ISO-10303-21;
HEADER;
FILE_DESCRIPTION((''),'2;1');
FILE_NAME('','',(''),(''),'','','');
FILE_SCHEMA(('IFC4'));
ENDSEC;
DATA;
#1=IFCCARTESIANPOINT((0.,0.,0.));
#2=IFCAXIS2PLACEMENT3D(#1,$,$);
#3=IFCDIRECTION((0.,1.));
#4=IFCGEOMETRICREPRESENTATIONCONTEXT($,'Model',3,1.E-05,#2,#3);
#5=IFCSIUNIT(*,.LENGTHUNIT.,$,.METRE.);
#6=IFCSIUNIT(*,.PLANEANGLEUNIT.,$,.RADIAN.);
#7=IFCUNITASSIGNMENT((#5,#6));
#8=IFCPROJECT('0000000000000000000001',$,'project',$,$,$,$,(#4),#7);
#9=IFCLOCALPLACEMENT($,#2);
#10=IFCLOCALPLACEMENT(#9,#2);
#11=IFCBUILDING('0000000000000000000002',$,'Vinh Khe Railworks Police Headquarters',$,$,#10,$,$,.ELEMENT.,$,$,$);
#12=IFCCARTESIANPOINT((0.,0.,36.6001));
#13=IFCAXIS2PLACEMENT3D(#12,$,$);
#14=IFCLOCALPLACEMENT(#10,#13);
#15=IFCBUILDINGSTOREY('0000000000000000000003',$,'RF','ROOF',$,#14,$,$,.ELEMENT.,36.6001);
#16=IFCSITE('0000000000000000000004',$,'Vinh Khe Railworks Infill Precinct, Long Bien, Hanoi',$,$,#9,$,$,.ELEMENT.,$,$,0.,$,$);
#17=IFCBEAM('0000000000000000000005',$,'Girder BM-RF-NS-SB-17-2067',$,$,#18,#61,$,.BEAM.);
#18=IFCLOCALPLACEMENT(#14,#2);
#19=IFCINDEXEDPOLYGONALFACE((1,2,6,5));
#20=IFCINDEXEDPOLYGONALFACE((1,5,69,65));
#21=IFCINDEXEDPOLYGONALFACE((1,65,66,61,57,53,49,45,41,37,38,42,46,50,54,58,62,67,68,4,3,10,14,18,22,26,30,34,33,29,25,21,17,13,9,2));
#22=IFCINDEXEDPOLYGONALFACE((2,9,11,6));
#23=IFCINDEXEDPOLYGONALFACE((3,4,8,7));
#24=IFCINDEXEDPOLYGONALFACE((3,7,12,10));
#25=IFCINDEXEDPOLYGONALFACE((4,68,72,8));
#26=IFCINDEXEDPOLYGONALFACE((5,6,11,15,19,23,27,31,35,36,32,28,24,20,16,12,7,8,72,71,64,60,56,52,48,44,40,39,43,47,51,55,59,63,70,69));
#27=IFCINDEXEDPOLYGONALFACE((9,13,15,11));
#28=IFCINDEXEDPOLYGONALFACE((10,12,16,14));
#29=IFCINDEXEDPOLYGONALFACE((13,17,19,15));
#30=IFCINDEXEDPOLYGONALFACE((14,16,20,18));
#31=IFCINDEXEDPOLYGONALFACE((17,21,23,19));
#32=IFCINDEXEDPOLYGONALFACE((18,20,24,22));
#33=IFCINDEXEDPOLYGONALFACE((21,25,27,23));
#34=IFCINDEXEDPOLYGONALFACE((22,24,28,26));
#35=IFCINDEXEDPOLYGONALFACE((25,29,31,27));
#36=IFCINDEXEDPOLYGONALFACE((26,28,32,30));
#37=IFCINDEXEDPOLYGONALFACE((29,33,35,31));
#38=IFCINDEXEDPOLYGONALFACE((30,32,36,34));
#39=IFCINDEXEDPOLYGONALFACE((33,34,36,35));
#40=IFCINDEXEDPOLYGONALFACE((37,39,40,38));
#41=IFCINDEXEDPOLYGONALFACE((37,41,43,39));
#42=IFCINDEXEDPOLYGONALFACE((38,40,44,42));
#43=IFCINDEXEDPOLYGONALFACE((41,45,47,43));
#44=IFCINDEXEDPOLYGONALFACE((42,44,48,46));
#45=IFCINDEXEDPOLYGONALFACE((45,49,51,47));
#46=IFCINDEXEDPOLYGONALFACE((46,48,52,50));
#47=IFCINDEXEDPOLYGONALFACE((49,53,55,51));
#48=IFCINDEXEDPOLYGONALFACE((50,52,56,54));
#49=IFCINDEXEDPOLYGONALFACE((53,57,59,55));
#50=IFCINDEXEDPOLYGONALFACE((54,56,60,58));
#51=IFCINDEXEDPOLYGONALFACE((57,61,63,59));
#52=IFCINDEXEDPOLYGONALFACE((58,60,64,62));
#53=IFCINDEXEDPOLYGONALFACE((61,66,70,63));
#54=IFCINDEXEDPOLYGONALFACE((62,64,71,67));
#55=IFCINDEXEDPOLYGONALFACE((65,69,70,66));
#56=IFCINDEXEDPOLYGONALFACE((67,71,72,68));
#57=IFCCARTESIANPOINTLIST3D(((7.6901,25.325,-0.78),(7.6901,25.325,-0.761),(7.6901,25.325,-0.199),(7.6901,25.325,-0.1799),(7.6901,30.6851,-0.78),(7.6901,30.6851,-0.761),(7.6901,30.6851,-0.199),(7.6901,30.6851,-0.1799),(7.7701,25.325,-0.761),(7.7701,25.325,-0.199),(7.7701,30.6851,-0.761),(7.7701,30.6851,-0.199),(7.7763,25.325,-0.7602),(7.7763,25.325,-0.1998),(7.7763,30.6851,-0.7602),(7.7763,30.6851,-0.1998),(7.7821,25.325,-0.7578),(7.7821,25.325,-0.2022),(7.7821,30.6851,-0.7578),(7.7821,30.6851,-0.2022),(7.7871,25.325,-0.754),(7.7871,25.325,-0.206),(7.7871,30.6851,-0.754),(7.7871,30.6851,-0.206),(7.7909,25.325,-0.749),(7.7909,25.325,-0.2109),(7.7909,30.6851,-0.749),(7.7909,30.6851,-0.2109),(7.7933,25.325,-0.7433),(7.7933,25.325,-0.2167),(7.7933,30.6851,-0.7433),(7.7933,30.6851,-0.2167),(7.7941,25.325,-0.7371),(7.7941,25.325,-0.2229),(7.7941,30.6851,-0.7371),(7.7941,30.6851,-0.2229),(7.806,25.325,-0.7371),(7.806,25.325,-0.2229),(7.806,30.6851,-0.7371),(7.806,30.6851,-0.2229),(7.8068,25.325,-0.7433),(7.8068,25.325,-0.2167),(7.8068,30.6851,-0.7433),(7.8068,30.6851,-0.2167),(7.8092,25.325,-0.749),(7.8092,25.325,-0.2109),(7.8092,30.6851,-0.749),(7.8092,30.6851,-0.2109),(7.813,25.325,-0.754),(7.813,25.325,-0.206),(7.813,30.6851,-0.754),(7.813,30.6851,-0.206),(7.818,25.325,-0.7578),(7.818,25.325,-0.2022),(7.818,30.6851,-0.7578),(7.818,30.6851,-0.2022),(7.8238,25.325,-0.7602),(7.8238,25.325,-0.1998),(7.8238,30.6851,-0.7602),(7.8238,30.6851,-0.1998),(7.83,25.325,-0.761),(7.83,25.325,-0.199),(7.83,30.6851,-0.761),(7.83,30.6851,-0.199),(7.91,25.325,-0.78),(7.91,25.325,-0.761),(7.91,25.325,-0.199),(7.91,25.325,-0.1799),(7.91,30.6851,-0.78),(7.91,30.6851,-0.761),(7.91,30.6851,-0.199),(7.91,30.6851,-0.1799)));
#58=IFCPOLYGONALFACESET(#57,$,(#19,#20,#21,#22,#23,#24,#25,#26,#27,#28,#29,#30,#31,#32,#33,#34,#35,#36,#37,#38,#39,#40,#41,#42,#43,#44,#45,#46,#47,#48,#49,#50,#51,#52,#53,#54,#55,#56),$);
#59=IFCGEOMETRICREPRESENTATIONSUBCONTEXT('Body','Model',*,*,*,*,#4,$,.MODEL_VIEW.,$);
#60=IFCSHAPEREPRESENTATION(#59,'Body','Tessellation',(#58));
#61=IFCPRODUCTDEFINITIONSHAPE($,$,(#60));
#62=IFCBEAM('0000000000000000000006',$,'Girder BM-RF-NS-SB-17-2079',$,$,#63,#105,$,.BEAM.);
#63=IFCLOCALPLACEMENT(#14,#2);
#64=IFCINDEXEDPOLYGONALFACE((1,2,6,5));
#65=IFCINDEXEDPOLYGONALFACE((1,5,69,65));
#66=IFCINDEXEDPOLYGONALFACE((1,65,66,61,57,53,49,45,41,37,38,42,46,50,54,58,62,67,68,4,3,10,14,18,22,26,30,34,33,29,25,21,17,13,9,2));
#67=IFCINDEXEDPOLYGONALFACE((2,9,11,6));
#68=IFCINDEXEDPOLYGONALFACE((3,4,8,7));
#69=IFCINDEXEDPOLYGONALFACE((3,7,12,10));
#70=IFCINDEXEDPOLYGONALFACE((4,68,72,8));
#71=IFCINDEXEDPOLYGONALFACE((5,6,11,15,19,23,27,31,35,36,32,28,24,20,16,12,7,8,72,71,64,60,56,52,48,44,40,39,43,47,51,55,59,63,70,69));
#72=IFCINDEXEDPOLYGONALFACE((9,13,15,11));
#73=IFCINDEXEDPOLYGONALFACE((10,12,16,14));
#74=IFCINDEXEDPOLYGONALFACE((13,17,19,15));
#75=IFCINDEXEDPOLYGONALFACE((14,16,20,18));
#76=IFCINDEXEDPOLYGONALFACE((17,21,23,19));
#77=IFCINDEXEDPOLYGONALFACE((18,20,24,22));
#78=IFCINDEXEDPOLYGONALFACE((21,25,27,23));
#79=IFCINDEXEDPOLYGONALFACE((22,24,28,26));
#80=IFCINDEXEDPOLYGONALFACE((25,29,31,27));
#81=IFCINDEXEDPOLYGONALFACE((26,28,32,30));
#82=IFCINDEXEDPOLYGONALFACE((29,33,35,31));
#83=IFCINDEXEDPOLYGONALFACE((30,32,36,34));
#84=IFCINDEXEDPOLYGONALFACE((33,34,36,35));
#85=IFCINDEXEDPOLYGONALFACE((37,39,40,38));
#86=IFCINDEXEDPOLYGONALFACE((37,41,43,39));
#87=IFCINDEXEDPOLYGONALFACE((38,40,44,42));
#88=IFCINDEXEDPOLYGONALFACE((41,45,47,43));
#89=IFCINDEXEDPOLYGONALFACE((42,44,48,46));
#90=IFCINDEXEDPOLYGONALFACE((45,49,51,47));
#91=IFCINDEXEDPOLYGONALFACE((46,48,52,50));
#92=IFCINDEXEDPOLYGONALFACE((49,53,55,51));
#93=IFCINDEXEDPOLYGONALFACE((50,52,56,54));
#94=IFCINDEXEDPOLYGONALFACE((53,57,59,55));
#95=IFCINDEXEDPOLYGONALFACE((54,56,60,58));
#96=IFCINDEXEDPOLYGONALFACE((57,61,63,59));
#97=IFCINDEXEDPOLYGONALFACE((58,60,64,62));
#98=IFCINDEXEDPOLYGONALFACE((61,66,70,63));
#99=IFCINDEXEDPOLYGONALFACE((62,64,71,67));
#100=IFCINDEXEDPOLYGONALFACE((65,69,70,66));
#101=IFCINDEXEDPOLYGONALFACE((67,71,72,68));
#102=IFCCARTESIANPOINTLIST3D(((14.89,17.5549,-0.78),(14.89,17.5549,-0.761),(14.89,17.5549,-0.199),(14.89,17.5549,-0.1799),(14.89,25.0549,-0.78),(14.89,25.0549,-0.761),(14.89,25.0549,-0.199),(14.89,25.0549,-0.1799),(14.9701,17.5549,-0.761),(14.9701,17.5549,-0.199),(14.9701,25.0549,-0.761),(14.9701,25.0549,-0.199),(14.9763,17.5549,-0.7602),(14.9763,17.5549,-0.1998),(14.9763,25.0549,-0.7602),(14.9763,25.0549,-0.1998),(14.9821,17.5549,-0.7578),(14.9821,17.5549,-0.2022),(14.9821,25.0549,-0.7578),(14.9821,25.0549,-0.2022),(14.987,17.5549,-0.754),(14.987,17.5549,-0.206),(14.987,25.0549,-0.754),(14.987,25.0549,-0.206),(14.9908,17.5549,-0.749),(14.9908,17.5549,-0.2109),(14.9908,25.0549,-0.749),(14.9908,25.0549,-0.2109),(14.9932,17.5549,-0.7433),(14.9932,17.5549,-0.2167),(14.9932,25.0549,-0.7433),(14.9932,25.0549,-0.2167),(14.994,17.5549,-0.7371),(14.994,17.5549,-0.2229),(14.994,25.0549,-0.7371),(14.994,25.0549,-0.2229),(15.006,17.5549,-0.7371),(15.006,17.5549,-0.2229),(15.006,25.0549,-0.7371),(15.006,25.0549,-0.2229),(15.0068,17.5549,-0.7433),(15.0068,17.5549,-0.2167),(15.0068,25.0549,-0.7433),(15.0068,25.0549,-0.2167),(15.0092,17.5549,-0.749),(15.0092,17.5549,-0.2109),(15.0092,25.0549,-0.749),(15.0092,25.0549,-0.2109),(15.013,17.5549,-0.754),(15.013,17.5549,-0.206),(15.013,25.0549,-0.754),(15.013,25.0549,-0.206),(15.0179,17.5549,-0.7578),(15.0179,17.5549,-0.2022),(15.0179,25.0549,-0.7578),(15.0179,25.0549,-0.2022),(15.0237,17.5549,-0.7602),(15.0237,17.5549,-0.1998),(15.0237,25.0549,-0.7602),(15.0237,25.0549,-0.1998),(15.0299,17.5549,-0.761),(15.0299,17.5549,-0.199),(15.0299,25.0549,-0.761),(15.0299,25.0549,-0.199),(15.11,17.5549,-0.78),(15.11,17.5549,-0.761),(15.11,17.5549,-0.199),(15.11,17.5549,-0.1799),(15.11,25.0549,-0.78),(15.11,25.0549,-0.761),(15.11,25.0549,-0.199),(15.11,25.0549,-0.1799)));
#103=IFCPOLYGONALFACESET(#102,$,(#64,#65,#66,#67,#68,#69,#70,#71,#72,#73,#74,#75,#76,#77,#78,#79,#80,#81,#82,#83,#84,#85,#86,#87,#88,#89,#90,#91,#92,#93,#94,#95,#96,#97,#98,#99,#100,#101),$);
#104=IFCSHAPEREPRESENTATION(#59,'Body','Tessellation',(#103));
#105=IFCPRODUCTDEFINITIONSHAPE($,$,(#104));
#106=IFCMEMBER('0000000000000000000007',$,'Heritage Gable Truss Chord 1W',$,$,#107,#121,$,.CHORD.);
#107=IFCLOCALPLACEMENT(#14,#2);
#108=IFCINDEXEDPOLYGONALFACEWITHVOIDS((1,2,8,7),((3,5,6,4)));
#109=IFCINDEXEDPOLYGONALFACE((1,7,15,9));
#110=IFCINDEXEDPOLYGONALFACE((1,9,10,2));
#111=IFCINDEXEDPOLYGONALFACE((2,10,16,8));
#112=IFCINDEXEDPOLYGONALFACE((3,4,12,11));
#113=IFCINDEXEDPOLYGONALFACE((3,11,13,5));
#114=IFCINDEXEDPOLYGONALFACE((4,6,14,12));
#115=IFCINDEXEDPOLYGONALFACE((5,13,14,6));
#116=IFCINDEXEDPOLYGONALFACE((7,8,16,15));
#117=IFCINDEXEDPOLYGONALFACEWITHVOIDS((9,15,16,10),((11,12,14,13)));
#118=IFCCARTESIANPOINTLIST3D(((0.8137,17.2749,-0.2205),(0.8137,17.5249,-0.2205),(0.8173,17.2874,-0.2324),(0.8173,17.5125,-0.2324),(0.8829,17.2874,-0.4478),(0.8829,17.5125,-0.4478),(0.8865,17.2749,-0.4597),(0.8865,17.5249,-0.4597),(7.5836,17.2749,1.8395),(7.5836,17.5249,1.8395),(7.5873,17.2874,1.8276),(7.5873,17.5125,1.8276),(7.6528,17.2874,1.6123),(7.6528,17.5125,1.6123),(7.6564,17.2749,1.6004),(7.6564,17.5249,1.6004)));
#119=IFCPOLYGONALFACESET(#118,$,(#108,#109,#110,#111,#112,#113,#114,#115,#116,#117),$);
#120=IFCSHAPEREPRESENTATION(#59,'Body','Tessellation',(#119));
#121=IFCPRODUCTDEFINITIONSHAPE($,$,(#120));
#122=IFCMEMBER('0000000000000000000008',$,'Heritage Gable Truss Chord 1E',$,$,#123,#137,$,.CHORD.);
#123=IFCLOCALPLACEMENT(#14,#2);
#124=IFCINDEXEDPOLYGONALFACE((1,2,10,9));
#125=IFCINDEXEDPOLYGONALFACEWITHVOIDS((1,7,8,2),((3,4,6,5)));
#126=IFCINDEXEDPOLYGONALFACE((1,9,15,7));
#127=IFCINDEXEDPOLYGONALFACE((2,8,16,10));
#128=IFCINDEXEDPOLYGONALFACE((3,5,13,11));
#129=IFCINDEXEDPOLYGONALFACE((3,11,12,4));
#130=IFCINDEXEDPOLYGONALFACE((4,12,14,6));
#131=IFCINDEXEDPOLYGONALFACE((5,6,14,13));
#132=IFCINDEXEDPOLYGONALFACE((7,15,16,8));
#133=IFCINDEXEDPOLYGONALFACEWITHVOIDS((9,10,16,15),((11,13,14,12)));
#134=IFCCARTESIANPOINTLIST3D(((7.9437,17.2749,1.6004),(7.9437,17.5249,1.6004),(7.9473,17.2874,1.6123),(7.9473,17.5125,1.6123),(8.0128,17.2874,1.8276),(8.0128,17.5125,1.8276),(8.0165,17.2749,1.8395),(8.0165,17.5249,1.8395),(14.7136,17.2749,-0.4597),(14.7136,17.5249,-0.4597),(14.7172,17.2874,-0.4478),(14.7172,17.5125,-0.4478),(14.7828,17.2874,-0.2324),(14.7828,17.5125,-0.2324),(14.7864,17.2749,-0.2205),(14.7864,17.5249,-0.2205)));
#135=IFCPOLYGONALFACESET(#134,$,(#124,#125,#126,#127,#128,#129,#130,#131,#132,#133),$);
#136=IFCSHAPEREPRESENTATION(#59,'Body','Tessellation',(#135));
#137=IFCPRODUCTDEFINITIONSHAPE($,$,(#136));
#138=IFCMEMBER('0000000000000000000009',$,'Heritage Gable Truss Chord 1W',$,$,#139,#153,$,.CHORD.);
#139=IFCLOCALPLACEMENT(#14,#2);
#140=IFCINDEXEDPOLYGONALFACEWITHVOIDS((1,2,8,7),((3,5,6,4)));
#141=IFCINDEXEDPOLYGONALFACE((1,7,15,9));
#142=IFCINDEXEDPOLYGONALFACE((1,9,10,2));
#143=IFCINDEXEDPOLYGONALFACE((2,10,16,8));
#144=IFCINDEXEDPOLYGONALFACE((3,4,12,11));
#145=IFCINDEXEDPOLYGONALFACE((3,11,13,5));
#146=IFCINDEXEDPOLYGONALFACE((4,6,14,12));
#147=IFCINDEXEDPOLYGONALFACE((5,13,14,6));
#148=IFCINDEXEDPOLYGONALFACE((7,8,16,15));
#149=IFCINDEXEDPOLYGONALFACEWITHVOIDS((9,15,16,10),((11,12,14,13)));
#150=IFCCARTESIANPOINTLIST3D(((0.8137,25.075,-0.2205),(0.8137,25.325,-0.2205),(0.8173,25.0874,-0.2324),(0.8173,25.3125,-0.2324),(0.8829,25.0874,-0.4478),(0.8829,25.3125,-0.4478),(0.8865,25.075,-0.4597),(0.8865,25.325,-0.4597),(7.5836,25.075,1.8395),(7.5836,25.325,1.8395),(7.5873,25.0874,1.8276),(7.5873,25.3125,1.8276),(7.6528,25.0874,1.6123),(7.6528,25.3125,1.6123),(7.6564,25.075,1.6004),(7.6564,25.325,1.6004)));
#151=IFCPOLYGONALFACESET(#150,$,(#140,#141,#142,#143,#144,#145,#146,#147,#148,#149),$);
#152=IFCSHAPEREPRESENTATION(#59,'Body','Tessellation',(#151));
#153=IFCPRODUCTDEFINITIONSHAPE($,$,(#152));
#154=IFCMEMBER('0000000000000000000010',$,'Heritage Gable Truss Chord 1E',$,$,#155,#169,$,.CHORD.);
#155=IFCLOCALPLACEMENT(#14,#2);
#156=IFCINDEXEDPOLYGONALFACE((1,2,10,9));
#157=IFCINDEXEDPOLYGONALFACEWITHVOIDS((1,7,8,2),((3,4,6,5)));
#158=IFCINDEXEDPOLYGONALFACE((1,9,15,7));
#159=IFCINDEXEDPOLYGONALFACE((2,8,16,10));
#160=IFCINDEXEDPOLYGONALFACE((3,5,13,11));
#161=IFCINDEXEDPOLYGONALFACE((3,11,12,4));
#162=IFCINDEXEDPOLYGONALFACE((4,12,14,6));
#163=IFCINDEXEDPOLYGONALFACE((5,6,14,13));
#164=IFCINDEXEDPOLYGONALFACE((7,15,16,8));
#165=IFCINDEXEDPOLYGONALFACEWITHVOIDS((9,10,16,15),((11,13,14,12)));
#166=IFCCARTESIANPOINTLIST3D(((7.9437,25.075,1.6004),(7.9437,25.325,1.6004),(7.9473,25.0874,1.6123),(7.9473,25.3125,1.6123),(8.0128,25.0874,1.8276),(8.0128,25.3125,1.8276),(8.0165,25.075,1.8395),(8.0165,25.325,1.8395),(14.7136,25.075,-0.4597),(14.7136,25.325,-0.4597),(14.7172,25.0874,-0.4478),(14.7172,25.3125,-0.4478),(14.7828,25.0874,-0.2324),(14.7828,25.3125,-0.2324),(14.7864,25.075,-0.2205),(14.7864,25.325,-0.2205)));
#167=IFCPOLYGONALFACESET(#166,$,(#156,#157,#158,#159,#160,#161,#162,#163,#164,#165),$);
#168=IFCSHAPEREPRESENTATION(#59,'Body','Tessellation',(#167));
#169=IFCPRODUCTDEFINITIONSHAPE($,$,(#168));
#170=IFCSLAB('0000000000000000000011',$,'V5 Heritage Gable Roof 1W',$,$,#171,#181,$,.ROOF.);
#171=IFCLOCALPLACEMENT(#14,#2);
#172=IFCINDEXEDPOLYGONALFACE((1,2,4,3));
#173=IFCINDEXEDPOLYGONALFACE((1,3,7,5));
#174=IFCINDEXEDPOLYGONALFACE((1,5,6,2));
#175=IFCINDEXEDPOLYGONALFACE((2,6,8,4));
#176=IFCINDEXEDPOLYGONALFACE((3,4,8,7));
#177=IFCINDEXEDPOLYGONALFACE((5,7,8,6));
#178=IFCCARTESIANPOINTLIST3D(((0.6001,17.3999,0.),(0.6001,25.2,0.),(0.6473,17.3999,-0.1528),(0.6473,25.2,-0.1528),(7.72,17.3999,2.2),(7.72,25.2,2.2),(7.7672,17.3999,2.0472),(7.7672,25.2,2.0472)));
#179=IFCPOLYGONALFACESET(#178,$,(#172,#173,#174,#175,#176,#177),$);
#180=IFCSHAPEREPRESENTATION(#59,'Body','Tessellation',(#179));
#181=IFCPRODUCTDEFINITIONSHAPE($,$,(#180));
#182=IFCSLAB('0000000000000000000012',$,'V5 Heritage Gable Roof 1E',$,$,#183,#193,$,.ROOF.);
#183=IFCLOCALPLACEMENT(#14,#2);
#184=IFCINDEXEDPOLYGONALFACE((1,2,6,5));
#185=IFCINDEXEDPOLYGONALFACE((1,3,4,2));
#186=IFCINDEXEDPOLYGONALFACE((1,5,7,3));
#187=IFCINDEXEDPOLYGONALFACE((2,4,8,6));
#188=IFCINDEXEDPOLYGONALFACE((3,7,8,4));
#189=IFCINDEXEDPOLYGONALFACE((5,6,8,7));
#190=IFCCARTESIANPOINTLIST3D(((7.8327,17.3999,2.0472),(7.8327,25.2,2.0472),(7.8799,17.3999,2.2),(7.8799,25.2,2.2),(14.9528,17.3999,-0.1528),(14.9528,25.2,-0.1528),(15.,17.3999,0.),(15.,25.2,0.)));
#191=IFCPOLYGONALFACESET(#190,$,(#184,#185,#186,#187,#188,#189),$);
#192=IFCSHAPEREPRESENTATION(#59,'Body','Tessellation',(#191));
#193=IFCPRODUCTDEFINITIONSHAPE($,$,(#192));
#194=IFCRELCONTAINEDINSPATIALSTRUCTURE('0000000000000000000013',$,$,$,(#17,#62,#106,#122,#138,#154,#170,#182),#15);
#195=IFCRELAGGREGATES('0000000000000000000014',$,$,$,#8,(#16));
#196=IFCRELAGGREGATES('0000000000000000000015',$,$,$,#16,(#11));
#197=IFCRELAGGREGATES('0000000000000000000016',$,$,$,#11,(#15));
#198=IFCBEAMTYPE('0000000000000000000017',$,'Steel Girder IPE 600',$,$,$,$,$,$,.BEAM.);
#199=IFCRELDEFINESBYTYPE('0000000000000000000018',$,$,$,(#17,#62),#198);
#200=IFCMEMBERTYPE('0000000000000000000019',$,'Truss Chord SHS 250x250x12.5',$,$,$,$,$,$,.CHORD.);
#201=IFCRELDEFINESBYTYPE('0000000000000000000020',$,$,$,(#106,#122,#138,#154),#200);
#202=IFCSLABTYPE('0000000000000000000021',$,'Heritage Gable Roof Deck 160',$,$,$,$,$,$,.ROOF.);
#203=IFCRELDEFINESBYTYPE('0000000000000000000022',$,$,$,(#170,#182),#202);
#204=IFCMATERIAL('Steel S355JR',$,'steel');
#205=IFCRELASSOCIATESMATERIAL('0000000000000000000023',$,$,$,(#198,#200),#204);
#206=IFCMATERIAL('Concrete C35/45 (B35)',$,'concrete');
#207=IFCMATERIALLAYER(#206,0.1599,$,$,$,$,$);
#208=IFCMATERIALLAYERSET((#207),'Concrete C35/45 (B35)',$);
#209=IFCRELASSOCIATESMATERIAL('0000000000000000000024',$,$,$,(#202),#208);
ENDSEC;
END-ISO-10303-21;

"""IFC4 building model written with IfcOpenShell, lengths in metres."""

from ifc_helpers import new_model, si_unit, direction, frame, origin, origin_2d, place, context, subcontext, project, spatial, polyline, hollow_rectangle, i_section, outline, extrude, material, layer, layer_set, material_profile, profile_set, type_object, element, save


model = new_model("IFC4")

# Units and contexts
model_context = context("Model", 3, precision=1e-05, world=origin(), true_north=direction((0.0, 1.0)))
body_context = subcontext(model_context, "Body", "Model", "MODEL_VIEW")
ifc_project = project(units=[si_unit("LENGTHUNIT", "METRE"), si_unit("PLANEANGLEUNIT", "RADIAN")], contexts=[model_context])

# Site, building, storey
site_placement = place(None, origin())
site = spatial("IfcSite", under=ifc_project, at=site_placement, Name="Vinh Khe Railworks Infill Precinct, Long Bien, Hanoi", CompositionType="ELEMENT", RefElevation=0.0)
building_placement = place(site_placement, origin())
building = spatial("IfcBuilding", under=site, at=building_placement, Name="Vinh Khe Railworks Police Headquarters", CompositionType="ELEMENT")
storey_placement = place(building_placement, frame((0.0, 0.0, 36.6001)))
storey = spatial("IfcBuildingStorey", under=building, at=storey_placement, Name="RF", Description="ROOF", CompositionType="ELEMENT", Elevation=36.6001)

# Shared definitions
ifc_material_1 = material(Name="Steel S355JR", Category="steel")

# Beams
ifc_material_profile_1 = material_profile(ifc_material_1, i_section(OverallWidth=0.22, OverallDepth=0.6001, WebThickness=0.012, FlangeThickness=0.019, FilletRadius=0.0239, at=origin_2d()), Name="IPE 600")
ifc_profile_set_1 = profile_set([ifc_material_profile_1], Name="Steel S355JR")
beam_type_1 = type_object("IfcBeamType", Name="Steel Girder IPE 600", PredefinedType="BEAM", material=ifc_profile_set_1)
beam_1_placement = place(storey_placement, frame((7.8, 25.325, -0.48), z_axis=(0.0, 1.0, 0.0), x_axis=(-1.0, 0.0, 0.0)))
element("IfcBeam", 1, at=beam_1_placement, inside=storey, type_object=beam_type_1, Name="Girder BM-RF-NS-SB-17-2067", PredefinedType="BEAM", context=body_context, shape_type="SweptSolid", body=[
    extrude(i_section(OverallWidth=0.22, OverallDepth=0.6001, WebThickness=0.012, FlangeThickness=0.019, FilletRadius=0.0239, at=origin_2d()), origin(), (0.0, 0.0, 1.0), 5.3601),
])
beam_2_placement = place(storey_placement, frame((15.0, 17.5549, -0.48), z_axis=(0.0, 1.0, 0.0), x_axis=(-1.0, 0.0, 0.0)))
element("IfcBeam", 2, at=beam_2_placement, inside=storey, type_object=beam_type_1, Name="Girder BM-RF-NS-SB-17-2079", PredefinedType="BEAM", context=body_context, shape_type="SweptSolid", body=[
    extrude(i_section(OverallWidth=0.22, OverallDepth=0.6001, WebThickness=0.012, FlangeThickness=0.019, FilletRadius=0.0239, at=origin_2d()), origin(), (0.0, 0.0, 1.0), 7.5),
])

# Members
ifc_material_profile_2 = material_profile(ifc_material_1, hollow_rectangle(XDim=0.25, YDim=0.25, WallThickness=0.0125, at=origin_2d()), Name="SHS 250x250x12.5")
ifc_profile_set_2 = profile_set([ifc_material_profile_2], Name="Steel S355JR")
member_type_1 = type_object("IfcMemberType", Name="Truss Chord SHS 250x250x12.5", PredefinedType="CHORD", material=ifc_profile_set_2)
for number, where, z_axis, x_axis, name in (
    (3, (0.8501, 17.3999, -0.3401), (0.956689, 0.0, 0.291112), (0.0, 1.0, 0.0), "Heritage Gable Truss Chord 1W"),
    (4, (14.75, 17.3999, -0.3401), (-0.956689, 0.0, 0.291112), (0.0, -1.0, 0.0), "Heritage Gable Truss Chord 1E"),
    (5, (0.8501, 25.2, -0.3401), (0.956689, 0.0, 0.291112), (0.0, 1.0, 0.0), "Heritage Gable Truss Chord 1W"),
    (6, (14.75, 25.2, -0.3401), (-0.956689, 0.0, 0.291112), (0.0, -1.0, 0.0), "Heritage Gable Truss Chord 1E"),
):
    element("IfcMember", number, at=place(storey_placement, frame(where, z_axis=z_axis, x_axis=x_axis)), inside=storey, type_object=member_type_1, Name=name, PredefinedType="CHORD", context=body_context, shape_type="SweptSolid", body=[
        extrude(hollow_rectangle(XDim=0.25, YDim=0.25, WallThickness=0.0125, at=origin_2d()), origin(), (0.0, 0.0, 1.0), 7.0764),
    ])

# Slabs
ifc_material_2 = material(Name="Concrete C35/45 (B35)", Category="concrete")
ifc_layer_1 = layer(ifc_material_2, 0.1599)
ifc_layer_set_1 = layer_set([ifc_layer_1], Name="Concrete C35/45 (B35)")
slab_type_1 = type_object("IfcSlabType", Name="Heritage Gable Roof Deck 160", PredefinedType="ROOF", material=ifc_layer_set_1)
slab_1_placement = place(storey_placement, frame((0.6001, 17.3999, 0.0), z_axis=(-0.295216, 0.0, 0.955431), x_axis=(0.955431, 0.0, 0.295216)))
element("IfcSlab", 7, at=slab_1_placement, inside=storey, type_object=slab_type_1, Name="V5 Heritage Gable Roof 1W", PredefinedType="ROOF", context=body_context, shape_type="SweptSolid", body=[
    extrude(outline(polyline([(0.0, 0.0), (7.452, 0.0), (7.452, 7.8), (0.0, 7.8), (0.0, 0.0)])), origin(), (0.0, 0.0, -1.0), 0.1599),
])
slab_2_placement = place(storey_placement, frame((7.8799, 17.3999, 2.2), z_axis=(0.295207, 0.0, 0.955433), x_axis=(0.955433, 0.0, -0.295207)))
element("IfcSlab", 8, at=slab_2_placement, inside=storey, type_object=slab_type_1, Name="V5 Heritage Gable Roof 1E", PredefinedType="ROOF", context=body_context, shape_type="SweptSolid", body=[
    extrude(outline(polyline([(0.0, 0.0), (7.4522, 0.0), (7.4522, 7.8), (0.0, 7.8), (0.0, 0.0)])), origin(), (0.0, 0.0, -1.0), 0.1599),
])

save(model, "model.ifc")
